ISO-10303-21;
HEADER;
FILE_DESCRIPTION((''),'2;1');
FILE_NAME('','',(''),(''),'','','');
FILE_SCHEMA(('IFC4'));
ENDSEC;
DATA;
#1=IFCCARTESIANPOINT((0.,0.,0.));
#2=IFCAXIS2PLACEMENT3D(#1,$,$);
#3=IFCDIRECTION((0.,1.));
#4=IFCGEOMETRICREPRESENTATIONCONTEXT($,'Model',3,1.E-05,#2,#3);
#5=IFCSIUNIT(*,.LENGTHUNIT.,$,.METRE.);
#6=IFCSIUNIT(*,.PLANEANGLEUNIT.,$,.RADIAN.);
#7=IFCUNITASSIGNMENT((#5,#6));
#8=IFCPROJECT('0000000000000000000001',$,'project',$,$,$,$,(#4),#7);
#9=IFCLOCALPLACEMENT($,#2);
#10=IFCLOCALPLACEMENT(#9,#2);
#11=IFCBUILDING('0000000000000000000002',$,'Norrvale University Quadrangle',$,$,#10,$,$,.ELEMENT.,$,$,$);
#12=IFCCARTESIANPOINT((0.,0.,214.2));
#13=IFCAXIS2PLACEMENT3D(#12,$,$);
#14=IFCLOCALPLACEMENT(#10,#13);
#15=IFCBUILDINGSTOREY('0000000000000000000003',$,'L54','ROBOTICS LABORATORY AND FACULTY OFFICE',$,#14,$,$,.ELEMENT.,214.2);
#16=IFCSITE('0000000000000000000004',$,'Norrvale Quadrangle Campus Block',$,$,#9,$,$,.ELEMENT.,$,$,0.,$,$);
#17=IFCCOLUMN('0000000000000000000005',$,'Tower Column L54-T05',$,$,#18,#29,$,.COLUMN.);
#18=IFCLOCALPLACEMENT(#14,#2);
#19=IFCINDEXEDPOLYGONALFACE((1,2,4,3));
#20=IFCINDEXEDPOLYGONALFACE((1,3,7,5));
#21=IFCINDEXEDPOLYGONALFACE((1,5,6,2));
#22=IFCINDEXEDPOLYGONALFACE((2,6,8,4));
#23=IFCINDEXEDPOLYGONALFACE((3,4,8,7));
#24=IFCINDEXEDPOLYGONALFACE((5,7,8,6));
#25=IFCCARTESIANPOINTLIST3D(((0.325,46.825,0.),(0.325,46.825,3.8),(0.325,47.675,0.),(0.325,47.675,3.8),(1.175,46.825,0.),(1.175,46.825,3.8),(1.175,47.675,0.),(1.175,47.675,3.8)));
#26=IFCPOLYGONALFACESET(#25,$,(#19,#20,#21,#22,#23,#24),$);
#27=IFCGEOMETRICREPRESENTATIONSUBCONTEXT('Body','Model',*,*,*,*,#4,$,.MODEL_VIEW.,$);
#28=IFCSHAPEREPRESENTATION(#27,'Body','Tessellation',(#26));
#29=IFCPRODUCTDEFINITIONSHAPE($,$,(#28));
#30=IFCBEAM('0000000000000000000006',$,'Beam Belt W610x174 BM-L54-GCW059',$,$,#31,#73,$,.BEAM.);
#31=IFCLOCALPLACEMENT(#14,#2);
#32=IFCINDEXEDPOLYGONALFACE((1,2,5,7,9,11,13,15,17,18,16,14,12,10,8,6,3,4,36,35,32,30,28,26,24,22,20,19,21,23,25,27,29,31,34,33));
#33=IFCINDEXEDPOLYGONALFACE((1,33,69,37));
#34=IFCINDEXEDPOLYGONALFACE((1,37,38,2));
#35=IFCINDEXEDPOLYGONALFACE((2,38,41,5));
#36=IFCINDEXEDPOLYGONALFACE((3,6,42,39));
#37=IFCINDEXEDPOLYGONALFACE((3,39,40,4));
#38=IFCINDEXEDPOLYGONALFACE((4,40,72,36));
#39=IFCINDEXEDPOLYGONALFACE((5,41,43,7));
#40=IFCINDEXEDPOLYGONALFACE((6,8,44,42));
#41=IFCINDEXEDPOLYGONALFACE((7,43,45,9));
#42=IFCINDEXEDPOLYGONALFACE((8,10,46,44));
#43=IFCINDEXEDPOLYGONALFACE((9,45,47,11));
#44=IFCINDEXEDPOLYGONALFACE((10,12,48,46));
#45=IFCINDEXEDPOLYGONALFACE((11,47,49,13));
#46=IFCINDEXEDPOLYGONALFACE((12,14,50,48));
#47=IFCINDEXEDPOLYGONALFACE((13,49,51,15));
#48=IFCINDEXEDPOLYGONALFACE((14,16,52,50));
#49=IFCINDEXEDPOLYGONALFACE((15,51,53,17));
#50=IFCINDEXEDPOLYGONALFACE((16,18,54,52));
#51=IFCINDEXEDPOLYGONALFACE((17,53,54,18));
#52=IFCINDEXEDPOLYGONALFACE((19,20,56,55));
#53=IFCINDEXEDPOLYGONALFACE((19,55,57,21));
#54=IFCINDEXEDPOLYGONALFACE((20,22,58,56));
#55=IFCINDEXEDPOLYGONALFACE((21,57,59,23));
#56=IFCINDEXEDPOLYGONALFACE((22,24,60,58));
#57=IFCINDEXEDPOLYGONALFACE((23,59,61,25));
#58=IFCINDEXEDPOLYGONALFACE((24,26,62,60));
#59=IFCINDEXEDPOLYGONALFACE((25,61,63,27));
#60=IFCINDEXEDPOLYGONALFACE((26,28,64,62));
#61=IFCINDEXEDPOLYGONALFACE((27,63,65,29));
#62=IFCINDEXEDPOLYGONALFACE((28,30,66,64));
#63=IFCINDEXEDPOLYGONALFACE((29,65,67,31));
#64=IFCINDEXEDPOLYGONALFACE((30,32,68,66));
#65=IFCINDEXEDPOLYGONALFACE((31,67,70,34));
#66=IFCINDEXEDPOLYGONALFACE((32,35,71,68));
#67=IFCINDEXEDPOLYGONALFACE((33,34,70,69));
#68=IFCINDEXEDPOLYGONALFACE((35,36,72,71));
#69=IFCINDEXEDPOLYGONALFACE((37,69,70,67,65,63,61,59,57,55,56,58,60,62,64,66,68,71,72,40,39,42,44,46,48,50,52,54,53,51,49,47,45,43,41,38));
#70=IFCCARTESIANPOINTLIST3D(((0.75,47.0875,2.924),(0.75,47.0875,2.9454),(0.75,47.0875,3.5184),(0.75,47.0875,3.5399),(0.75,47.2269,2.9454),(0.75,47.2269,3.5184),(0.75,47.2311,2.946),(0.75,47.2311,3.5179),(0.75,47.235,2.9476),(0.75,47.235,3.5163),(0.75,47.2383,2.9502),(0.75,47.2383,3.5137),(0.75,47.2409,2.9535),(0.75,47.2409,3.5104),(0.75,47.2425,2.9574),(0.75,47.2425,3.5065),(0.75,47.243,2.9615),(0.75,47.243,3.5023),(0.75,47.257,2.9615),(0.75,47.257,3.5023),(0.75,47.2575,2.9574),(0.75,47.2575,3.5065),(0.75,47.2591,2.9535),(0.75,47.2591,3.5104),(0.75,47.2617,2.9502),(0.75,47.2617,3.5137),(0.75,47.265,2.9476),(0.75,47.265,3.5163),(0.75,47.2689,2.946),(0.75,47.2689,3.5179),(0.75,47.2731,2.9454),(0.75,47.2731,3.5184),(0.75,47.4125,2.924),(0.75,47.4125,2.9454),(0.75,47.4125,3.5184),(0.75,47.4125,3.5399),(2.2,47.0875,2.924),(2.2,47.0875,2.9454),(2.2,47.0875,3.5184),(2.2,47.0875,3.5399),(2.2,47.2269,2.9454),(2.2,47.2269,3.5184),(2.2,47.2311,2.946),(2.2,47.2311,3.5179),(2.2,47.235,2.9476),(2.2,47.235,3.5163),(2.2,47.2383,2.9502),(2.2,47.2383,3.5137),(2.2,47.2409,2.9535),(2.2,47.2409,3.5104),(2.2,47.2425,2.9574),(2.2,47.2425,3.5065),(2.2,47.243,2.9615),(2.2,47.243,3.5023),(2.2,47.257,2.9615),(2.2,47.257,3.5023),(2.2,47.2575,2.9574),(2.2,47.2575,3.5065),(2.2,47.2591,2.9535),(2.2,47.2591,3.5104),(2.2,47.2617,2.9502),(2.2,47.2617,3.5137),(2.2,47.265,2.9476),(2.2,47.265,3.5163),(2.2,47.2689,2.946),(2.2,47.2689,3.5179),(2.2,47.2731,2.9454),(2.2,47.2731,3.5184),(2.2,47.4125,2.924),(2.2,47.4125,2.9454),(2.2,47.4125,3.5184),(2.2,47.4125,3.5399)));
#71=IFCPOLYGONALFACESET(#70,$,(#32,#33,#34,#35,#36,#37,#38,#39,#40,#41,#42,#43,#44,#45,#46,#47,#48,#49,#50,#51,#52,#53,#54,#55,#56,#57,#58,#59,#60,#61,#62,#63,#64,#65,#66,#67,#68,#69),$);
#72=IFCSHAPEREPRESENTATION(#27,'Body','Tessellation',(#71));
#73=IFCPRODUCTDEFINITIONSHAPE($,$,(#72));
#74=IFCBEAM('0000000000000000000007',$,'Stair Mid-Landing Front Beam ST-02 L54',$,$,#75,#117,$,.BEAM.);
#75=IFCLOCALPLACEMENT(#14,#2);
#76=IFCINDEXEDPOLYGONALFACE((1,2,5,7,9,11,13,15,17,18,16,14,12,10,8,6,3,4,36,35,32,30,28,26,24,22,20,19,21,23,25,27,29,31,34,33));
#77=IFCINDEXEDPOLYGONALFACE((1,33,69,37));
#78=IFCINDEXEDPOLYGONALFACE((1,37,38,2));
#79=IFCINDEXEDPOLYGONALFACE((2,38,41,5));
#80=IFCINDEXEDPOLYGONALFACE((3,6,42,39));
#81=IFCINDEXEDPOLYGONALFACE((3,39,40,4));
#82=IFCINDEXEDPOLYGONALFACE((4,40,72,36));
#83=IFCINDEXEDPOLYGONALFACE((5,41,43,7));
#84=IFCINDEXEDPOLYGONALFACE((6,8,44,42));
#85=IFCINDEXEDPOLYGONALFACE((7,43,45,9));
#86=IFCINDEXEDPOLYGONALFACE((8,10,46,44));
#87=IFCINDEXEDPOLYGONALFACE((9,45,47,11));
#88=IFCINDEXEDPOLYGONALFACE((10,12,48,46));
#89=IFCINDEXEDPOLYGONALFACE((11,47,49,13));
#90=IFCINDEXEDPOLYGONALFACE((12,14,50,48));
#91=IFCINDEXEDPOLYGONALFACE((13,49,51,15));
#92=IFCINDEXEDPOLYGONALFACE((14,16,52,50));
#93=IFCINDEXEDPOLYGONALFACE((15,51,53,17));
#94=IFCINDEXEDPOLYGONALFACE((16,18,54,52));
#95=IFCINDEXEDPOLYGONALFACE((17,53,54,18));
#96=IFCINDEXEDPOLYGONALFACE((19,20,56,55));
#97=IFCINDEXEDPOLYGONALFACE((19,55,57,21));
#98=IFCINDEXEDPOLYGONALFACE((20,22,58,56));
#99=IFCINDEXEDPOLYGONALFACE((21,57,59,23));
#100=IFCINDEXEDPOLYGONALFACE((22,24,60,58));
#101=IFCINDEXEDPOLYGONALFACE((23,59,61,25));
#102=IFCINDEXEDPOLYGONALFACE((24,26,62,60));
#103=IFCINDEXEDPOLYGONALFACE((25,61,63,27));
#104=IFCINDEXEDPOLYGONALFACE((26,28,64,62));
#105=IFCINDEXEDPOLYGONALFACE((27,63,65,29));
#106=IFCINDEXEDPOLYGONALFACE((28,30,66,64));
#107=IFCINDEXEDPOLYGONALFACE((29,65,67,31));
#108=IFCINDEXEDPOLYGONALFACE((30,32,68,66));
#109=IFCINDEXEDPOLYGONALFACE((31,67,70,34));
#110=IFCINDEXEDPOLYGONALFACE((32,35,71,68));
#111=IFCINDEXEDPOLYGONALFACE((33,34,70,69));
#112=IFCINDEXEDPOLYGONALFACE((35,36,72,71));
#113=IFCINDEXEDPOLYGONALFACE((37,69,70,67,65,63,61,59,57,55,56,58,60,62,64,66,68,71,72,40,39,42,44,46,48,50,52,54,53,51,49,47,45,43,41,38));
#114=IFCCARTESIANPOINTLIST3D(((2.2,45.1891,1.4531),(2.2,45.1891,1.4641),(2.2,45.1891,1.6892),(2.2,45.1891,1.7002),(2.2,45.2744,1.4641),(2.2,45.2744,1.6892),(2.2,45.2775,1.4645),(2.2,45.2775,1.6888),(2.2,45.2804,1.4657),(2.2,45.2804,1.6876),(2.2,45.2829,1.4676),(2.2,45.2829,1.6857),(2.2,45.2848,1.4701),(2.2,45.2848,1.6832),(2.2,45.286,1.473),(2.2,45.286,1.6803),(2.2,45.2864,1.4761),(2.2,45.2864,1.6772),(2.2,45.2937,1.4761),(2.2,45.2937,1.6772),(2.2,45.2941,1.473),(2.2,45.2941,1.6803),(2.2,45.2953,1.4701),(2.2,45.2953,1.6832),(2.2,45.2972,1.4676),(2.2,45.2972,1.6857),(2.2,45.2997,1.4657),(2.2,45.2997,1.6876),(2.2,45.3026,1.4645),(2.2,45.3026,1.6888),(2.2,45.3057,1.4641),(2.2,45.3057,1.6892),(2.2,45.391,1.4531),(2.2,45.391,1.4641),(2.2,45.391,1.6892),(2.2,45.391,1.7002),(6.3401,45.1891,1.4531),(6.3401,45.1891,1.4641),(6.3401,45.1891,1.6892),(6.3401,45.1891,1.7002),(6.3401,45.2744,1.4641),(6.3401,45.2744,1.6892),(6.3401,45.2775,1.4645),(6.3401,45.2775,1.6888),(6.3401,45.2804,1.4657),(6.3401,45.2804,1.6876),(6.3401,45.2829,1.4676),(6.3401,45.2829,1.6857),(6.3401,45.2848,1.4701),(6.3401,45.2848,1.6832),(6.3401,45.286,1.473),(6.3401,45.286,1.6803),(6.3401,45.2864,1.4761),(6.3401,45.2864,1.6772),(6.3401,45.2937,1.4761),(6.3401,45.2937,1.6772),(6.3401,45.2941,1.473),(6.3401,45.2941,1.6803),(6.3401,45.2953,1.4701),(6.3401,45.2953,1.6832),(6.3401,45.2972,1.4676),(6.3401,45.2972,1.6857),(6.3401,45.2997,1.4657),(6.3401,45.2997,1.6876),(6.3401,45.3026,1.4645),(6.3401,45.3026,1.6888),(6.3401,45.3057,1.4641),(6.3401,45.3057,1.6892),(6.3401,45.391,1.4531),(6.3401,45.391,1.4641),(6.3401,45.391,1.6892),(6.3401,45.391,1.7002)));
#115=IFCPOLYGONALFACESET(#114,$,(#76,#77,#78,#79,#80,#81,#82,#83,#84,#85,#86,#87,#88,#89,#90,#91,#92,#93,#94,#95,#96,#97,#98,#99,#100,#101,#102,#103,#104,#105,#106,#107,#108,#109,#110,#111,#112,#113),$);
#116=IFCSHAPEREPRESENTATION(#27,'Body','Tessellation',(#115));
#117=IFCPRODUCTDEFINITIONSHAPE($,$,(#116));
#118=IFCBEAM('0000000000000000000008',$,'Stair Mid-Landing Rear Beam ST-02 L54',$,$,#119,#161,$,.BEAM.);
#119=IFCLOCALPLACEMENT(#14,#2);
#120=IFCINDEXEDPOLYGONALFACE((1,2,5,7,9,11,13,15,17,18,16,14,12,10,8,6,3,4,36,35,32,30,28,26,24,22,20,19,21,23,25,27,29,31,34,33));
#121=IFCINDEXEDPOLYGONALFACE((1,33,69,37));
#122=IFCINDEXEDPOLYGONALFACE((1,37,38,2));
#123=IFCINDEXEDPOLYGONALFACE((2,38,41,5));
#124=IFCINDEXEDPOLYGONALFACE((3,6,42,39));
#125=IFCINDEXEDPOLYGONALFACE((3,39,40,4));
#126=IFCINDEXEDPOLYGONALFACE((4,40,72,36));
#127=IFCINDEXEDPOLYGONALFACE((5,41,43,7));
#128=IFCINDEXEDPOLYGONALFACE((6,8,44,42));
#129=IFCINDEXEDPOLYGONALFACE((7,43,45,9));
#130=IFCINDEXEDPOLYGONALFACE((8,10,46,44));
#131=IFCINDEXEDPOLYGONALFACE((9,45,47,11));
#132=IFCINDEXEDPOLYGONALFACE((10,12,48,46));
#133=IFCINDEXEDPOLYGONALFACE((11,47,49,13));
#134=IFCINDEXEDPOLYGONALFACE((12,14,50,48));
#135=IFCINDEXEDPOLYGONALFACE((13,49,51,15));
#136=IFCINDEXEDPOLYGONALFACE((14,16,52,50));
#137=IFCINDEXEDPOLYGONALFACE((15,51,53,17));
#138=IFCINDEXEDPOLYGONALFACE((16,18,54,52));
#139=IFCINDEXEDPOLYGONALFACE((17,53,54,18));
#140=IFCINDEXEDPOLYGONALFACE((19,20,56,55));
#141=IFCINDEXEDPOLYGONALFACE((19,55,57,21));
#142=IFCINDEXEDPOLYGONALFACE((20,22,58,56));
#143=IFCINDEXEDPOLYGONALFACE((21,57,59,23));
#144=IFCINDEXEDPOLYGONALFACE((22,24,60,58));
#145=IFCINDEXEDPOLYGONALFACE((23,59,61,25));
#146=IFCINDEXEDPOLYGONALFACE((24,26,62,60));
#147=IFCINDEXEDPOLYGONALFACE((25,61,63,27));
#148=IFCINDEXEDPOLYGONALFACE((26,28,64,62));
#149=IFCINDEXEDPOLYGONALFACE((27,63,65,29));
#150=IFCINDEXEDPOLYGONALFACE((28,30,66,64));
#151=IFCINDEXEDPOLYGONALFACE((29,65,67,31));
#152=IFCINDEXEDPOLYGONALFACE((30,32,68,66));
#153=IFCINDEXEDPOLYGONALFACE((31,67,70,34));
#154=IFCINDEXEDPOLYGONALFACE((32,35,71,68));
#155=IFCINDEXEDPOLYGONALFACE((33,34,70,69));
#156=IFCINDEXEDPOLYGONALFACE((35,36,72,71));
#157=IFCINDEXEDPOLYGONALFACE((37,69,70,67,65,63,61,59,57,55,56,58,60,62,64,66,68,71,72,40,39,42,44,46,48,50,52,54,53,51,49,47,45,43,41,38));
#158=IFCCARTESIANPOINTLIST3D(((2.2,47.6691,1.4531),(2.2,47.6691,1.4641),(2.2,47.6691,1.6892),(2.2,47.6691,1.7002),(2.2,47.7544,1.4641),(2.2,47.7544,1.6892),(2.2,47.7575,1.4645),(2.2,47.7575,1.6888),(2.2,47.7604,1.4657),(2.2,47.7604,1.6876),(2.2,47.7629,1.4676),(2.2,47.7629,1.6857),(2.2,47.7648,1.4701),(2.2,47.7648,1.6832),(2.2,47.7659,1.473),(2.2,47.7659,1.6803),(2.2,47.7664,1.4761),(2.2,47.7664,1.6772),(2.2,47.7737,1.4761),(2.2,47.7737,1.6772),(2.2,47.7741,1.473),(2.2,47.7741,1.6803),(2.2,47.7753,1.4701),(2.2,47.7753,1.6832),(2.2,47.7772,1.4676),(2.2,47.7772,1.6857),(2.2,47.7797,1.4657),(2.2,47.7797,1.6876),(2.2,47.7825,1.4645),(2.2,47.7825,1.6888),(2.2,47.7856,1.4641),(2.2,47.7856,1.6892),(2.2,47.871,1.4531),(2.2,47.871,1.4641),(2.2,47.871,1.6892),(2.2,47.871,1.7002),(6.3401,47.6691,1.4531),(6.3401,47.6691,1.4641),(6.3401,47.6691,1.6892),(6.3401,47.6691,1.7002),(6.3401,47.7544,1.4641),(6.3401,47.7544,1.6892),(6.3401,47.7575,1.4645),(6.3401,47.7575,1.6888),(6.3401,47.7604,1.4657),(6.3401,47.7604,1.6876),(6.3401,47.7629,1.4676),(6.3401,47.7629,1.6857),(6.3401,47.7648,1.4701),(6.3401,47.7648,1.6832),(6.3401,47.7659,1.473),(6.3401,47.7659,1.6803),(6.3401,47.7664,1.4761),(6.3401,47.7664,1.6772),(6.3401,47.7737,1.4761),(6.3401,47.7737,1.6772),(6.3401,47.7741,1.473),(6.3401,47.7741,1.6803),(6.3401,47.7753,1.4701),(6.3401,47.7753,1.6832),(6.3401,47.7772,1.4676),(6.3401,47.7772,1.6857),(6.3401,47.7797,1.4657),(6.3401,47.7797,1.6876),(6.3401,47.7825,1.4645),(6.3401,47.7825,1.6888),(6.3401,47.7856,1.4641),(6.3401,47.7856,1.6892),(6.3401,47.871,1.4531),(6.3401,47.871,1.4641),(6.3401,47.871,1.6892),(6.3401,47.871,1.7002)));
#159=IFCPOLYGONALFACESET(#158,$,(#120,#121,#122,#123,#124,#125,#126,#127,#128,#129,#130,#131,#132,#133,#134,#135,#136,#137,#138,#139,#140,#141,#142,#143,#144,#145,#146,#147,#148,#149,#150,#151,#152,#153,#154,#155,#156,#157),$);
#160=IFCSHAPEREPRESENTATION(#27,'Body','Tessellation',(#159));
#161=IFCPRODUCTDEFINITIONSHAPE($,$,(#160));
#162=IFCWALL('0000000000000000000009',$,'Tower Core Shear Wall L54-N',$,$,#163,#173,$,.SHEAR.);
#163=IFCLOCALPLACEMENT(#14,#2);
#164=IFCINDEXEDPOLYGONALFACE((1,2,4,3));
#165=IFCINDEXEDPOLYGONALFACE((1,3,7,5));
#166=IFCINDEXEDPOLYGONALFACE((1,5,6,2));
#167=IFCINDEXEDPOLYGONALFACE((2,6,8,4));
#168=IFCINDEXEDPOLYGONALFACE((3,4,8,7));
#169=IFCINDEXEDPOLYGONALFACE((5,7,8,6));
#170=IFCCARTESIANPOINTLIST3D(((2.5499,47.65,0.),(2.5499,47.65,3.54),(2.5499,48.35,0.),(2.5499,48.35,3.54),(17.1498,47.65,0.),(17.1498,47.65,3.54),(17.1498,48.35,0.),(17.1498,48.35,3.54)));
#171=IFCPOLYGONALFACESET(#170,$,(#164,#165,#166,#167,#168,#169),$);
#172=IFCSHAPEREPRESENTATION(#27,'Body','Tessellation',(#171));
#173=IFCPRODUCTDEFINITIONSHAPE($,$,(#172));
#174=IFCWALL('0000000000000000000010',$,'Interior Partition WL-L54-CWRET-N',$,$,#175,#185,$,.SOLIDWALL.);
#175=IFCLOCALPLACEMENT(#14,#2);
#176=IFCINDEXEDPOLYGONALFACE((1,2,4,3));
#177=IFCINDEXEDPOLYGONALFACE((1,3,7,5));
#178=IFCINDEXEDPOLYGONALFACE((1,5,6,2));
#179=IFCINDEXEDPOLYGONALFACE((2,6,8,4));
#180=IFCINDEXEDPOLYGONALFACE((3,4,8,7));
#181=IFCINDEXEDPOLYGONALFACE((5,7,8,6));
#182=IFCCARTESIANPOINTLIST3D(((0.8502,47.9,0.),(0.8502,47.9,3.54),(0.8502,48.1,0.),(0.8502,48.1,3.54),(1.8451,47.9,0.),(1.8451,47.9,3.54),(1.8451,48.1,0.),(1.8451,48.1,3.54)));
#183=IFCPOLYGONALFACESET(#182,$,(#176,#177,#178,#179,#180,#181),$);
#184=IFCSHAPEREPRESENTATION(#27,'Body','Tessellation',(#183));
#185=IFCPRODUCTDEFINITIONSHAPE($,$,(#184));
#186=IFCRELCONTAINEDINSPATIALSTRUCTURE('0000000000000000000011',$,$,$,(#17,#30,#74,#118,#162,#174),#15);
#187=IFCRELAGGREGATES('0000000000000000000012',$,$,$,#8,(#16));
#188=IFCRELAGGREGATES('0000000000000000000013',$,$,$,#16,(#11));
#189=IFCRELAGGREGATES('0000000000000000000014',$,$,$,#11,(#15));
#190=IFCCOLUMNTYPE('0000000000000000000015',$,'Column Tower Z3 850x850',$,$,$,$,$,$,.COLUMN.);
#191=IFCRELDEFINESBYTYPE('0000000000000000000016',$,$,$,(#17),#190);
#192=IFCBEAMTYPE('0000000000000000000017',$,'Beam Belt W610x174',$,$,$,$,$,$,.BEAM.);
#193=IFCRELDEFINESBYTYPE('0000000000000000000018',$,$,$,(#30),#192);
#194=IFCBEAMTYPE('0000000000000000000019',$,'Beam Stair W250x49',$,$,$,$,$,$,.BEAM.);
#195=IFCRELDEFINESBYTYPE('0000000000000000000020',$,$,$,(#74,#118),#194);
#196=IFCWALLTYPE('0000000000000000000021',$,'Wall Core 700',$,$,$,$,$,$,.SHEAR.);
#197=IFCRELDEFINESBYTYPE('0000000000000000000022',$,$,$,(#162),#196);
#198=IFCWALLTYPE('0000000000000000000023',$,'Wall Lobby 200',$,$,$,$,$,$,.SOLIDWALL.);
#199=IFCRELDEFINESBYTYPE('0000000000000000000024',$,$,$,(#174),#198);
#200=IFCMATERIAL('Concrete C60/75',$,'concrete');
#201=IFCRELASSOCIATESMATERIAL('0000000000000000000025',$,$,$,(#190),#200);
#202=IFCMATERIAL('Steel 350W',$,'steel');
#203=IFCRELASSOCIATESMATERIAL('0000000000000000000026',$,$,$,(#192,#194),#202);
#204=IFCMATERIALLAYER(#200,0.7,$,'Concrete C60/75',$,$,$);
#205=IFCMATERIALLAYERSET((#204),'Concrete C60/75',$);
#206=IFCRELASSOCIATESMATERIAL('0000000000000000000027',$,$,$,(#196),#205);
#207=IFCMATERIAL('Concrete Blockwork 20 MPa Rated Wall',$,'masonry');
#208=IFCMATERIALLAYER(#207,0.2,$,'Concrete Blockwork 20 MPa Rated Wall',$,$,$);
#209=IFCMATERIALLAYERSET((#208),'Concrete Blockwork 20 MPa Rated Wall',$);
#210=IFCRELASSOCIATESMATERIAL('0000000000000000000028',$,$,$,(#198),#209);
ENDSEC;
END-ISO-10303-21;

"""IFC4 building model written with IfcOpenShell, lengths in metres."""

from ifc_helpers import new_model, si_unit, direction, frame, frame_2d, origin, origin_2d, place, context, subcontext, project, spatial, rectangle, i_section, extrude, material, layer, layer_set, material_profile, profile_set, type_object, element, save


model = new_model("IFC4")

# Units and contexts
model_context = context("Model", 3, precision=1e-05, world=origin(), true_north=direction((0.0, 1.0)))
body_context = subcontext(model_context, "Body", "Model", "MODEL_VIEW")
ifc_project = project(units=[si_unit("LENGTHUNIT", "METRE"), si_unit("PLANEANGLEUNIT", "RADIAN")], contexts=[model_context])

# Site, building, storey
site_placement = place(None, origin())
site = spatial("IfcSite", under=ifc_project, at=site_placement, Name="Norrvale Quadrangle Campus Block", CompositionType="ELEMENT", RefElevation=0.0)
building_placement = place(site_placement, origin())
building = spatial("IfcBuilding", under=site, at=building_placement, Name="Norrvale University Quadrangle", CompositionType="ELEMENT")
storey_placement = place(building_placement, frame((0.0, 0.0, 214.2)))
storey = spatial("IfcBuildingStorey", under=building, at=storey_placement, Name="L54", Description="ROBOTICS LABORATORY AND FACULTY OFFICE", CompositionType="ELEMENT", Elevation=214.2)

# Column
ifc_material_1 = material(Name="Concrete C60/75", Category="concrete")
ifc_material_profile_1 = material_profile(ifc_material_1, rectangle(XDim=0.8501, YDim=0.8501, at=origin_2d()), Name="Concrete C60/75")
ifc_profile_set_1 = profile_set([ifc_material_profile_1], Name="Concrete C60/75")
column_type = type_object("IfcColumnType", Name="Column Tower Z3 850x850", PredefinedType="COLUMN", material=ifc_profile_set_1)
column_placement = place(storey_placement, frame((0.75, 47.25, 0.0), z_axis=(0.0, 0.0, 1.0), x_axis=(1.0, 0.0, 0.0)))
element("IfcColumn", 1, at=column_placement, inside=storey, type_object=column_type, Name="Tower Column L54-T05", PredefinedType="COLUMN", context=body_context, shape_type="SweptSolid", body=[
    extrude(rectangle(XDim=0.8501, YDim=0.8501, at=origin_2d()), origin(), (0.0, 0.0, 1.0), 3.8),
])

# Beams
ifc_material_2 = material(Name="Steel 350W", Category="steel")
ifc_material_profile_2 = material_profile(ifc_material_2, i_section(OverallWidth=0.325, OverallDepth=0.616, WebThickness=0.0139, FlangeThickness=0.0215, FilletRadius=0.0161, at=origin_2d()), Name="Steel 350W")
ifc_profile_set_2 = profile_set([ifc_material_profile_2], Name="Steel 350W")
beam_type_1 = type_object("IfcBeamType", Name="Beam Belt W610x174", PredefinedType="BEAM", material=ifc_profile_set_2)
beam_placement = place(storey_placement, frame((0.75, 47.25, 3.2319), z_axis=(1.0, 0.0, 0.0), x_axis=(0.0, 1.0, 0.0)))
element("IfcBeam", 2, at=beam_placement, inside=storey, type_object=beam_type_1, Name="Beam Belt W610x174 BM-L54-GCW059", PredefinedType="BEAM", context=body_context, shape_type="SweptSolid", body=[
    extrude(i_section(OverallWidth=0.325, OverallDepth=0.616, WebThickness=0.0139, FlangeThickness=0.0215, FilletRadius=0.0161, at=origin_2d()), origin(), (0.0, 0.0, 1.0), 1.45),
])
ifc_material_profile_3 = material_profile(ifc_material_2, i_section(OverallWidth=0.2019, OverallDepth=0.2471, WebThickness=0.0073, FlangeThickness=0.011, FilletRadius=0.012, at=origin_2d()), Name="Steel 350W")
ifc_profile_set_3 = profile_set([ifc_material_profile_3], Name="Steel 350W")
beam_type_2 = type_object("IfcBeamType", Name="Beam Stair W250x49", PredefinedType="BEAM", material=ifc_profile_set_3)
for number, where, z_axis, x_axis, name in (
    (3, (2.2, 45.29, 1.5767), (1.0, 0.0, 0.0), (0.0, 1.0, 0.0), "Stair Mid-Landing Front Beam ST-02 L54"),
    (4, (2.2, 47.77, 1.5767), (1.0, 0.0, 0.0), (0.0, 1.0, 0.0), "Stair Mid-Landing Rear Beam ST-02 L54"),
):
    element("IfcBeam", number, at=place(storey_placement, frame(where, z_axis=z_axis, x_axis=x_axis)), inside=storey, type_object=beam_type_2, Name=name, PredefinedType="BEAM", context=body_context, shape_type="SweptSolid", body=[
        extrude(i_section(OverallWidth=0.2019, OverallDepth=0.2471, WebThickness=0.0073, FlangeThickness=0.011, FilletRadius=0.012, at=origin_2d()), origin(), (0.0, 0.0, 1.0), 4.1401),
    ])

# Walls
ifc_layer_1 = layer(ifc_material_1, 0.7, Name="Concrete C60/75")
ifc_layer_set_1 = layer_set([ifc_layer_1], Name="Concrete C60/75")
wall_type_1 = type_object("IfcWallType", Name="Wall Core 700", PredefinedType="SHEAR", material=ifc_layer_set_1)
wall_1_placement = place(storey_placement, frame((2.55, 48.0, 0.0), z_axis=(0.0, 0.0, 1.0), x_axis=(1.0, 0.0, 0.0)))
element("IfcWall", 5, at=wall_1_placement, inside=storey, type_object=wall_type_1, Name="Tower Core Shear Wall L54-N", PredefinedType="SHEAR", context=body_context, shape_type="SweptSolid", body=[
    extrude(rectangle(XDim=14.5999, YDim=0.7, at=frame_2d((7.2998, 0.0))), origin(), (0.0, 0.0, 1.0), 3.54),
])
ifc_material_3 = material(Name="Concrete Blockwork 20 MPa Rated Wall", Category="masonry")
ifc_layer_2 = layer(ifc_material_3, 0.2, Name="Concrete Blockwork 20 MPa Rated Wall")
ifc_layer_set_2 = layer_set([ifc_layer_2], Name="Concrete Blockwork 20 MPa Rated Wall")
wall_type_2 = type_object("IfcWallType", Name="Wall Lobby 200", PredefinedType="SOLIDWALL", material=ifc_layer_set_2)
wall_2_placement = place(storey_placement, frame((0.8501, 48.0, 0.0), z_axis=(0.0, 0.0, 1.0), x_axis=(1.0, 0.0, 0.0)))
element("IfcWall", 6, at=wall_2_placement, inside=storey, type_object=wall_type_2, Name="Interior Partition WL-L54-CWRET-N", PredefinedType="SOLIDWALL", context=body_context, shape_type="SweptSolid", body=[
    extrude(rectangle(XDim=0.9949, YDim=0.2, at=frame_2d((0.4976, 0.0))), origin(), (0.0, 0.0, 1.0), 3.54),
])

save(model, "model.ifc")
